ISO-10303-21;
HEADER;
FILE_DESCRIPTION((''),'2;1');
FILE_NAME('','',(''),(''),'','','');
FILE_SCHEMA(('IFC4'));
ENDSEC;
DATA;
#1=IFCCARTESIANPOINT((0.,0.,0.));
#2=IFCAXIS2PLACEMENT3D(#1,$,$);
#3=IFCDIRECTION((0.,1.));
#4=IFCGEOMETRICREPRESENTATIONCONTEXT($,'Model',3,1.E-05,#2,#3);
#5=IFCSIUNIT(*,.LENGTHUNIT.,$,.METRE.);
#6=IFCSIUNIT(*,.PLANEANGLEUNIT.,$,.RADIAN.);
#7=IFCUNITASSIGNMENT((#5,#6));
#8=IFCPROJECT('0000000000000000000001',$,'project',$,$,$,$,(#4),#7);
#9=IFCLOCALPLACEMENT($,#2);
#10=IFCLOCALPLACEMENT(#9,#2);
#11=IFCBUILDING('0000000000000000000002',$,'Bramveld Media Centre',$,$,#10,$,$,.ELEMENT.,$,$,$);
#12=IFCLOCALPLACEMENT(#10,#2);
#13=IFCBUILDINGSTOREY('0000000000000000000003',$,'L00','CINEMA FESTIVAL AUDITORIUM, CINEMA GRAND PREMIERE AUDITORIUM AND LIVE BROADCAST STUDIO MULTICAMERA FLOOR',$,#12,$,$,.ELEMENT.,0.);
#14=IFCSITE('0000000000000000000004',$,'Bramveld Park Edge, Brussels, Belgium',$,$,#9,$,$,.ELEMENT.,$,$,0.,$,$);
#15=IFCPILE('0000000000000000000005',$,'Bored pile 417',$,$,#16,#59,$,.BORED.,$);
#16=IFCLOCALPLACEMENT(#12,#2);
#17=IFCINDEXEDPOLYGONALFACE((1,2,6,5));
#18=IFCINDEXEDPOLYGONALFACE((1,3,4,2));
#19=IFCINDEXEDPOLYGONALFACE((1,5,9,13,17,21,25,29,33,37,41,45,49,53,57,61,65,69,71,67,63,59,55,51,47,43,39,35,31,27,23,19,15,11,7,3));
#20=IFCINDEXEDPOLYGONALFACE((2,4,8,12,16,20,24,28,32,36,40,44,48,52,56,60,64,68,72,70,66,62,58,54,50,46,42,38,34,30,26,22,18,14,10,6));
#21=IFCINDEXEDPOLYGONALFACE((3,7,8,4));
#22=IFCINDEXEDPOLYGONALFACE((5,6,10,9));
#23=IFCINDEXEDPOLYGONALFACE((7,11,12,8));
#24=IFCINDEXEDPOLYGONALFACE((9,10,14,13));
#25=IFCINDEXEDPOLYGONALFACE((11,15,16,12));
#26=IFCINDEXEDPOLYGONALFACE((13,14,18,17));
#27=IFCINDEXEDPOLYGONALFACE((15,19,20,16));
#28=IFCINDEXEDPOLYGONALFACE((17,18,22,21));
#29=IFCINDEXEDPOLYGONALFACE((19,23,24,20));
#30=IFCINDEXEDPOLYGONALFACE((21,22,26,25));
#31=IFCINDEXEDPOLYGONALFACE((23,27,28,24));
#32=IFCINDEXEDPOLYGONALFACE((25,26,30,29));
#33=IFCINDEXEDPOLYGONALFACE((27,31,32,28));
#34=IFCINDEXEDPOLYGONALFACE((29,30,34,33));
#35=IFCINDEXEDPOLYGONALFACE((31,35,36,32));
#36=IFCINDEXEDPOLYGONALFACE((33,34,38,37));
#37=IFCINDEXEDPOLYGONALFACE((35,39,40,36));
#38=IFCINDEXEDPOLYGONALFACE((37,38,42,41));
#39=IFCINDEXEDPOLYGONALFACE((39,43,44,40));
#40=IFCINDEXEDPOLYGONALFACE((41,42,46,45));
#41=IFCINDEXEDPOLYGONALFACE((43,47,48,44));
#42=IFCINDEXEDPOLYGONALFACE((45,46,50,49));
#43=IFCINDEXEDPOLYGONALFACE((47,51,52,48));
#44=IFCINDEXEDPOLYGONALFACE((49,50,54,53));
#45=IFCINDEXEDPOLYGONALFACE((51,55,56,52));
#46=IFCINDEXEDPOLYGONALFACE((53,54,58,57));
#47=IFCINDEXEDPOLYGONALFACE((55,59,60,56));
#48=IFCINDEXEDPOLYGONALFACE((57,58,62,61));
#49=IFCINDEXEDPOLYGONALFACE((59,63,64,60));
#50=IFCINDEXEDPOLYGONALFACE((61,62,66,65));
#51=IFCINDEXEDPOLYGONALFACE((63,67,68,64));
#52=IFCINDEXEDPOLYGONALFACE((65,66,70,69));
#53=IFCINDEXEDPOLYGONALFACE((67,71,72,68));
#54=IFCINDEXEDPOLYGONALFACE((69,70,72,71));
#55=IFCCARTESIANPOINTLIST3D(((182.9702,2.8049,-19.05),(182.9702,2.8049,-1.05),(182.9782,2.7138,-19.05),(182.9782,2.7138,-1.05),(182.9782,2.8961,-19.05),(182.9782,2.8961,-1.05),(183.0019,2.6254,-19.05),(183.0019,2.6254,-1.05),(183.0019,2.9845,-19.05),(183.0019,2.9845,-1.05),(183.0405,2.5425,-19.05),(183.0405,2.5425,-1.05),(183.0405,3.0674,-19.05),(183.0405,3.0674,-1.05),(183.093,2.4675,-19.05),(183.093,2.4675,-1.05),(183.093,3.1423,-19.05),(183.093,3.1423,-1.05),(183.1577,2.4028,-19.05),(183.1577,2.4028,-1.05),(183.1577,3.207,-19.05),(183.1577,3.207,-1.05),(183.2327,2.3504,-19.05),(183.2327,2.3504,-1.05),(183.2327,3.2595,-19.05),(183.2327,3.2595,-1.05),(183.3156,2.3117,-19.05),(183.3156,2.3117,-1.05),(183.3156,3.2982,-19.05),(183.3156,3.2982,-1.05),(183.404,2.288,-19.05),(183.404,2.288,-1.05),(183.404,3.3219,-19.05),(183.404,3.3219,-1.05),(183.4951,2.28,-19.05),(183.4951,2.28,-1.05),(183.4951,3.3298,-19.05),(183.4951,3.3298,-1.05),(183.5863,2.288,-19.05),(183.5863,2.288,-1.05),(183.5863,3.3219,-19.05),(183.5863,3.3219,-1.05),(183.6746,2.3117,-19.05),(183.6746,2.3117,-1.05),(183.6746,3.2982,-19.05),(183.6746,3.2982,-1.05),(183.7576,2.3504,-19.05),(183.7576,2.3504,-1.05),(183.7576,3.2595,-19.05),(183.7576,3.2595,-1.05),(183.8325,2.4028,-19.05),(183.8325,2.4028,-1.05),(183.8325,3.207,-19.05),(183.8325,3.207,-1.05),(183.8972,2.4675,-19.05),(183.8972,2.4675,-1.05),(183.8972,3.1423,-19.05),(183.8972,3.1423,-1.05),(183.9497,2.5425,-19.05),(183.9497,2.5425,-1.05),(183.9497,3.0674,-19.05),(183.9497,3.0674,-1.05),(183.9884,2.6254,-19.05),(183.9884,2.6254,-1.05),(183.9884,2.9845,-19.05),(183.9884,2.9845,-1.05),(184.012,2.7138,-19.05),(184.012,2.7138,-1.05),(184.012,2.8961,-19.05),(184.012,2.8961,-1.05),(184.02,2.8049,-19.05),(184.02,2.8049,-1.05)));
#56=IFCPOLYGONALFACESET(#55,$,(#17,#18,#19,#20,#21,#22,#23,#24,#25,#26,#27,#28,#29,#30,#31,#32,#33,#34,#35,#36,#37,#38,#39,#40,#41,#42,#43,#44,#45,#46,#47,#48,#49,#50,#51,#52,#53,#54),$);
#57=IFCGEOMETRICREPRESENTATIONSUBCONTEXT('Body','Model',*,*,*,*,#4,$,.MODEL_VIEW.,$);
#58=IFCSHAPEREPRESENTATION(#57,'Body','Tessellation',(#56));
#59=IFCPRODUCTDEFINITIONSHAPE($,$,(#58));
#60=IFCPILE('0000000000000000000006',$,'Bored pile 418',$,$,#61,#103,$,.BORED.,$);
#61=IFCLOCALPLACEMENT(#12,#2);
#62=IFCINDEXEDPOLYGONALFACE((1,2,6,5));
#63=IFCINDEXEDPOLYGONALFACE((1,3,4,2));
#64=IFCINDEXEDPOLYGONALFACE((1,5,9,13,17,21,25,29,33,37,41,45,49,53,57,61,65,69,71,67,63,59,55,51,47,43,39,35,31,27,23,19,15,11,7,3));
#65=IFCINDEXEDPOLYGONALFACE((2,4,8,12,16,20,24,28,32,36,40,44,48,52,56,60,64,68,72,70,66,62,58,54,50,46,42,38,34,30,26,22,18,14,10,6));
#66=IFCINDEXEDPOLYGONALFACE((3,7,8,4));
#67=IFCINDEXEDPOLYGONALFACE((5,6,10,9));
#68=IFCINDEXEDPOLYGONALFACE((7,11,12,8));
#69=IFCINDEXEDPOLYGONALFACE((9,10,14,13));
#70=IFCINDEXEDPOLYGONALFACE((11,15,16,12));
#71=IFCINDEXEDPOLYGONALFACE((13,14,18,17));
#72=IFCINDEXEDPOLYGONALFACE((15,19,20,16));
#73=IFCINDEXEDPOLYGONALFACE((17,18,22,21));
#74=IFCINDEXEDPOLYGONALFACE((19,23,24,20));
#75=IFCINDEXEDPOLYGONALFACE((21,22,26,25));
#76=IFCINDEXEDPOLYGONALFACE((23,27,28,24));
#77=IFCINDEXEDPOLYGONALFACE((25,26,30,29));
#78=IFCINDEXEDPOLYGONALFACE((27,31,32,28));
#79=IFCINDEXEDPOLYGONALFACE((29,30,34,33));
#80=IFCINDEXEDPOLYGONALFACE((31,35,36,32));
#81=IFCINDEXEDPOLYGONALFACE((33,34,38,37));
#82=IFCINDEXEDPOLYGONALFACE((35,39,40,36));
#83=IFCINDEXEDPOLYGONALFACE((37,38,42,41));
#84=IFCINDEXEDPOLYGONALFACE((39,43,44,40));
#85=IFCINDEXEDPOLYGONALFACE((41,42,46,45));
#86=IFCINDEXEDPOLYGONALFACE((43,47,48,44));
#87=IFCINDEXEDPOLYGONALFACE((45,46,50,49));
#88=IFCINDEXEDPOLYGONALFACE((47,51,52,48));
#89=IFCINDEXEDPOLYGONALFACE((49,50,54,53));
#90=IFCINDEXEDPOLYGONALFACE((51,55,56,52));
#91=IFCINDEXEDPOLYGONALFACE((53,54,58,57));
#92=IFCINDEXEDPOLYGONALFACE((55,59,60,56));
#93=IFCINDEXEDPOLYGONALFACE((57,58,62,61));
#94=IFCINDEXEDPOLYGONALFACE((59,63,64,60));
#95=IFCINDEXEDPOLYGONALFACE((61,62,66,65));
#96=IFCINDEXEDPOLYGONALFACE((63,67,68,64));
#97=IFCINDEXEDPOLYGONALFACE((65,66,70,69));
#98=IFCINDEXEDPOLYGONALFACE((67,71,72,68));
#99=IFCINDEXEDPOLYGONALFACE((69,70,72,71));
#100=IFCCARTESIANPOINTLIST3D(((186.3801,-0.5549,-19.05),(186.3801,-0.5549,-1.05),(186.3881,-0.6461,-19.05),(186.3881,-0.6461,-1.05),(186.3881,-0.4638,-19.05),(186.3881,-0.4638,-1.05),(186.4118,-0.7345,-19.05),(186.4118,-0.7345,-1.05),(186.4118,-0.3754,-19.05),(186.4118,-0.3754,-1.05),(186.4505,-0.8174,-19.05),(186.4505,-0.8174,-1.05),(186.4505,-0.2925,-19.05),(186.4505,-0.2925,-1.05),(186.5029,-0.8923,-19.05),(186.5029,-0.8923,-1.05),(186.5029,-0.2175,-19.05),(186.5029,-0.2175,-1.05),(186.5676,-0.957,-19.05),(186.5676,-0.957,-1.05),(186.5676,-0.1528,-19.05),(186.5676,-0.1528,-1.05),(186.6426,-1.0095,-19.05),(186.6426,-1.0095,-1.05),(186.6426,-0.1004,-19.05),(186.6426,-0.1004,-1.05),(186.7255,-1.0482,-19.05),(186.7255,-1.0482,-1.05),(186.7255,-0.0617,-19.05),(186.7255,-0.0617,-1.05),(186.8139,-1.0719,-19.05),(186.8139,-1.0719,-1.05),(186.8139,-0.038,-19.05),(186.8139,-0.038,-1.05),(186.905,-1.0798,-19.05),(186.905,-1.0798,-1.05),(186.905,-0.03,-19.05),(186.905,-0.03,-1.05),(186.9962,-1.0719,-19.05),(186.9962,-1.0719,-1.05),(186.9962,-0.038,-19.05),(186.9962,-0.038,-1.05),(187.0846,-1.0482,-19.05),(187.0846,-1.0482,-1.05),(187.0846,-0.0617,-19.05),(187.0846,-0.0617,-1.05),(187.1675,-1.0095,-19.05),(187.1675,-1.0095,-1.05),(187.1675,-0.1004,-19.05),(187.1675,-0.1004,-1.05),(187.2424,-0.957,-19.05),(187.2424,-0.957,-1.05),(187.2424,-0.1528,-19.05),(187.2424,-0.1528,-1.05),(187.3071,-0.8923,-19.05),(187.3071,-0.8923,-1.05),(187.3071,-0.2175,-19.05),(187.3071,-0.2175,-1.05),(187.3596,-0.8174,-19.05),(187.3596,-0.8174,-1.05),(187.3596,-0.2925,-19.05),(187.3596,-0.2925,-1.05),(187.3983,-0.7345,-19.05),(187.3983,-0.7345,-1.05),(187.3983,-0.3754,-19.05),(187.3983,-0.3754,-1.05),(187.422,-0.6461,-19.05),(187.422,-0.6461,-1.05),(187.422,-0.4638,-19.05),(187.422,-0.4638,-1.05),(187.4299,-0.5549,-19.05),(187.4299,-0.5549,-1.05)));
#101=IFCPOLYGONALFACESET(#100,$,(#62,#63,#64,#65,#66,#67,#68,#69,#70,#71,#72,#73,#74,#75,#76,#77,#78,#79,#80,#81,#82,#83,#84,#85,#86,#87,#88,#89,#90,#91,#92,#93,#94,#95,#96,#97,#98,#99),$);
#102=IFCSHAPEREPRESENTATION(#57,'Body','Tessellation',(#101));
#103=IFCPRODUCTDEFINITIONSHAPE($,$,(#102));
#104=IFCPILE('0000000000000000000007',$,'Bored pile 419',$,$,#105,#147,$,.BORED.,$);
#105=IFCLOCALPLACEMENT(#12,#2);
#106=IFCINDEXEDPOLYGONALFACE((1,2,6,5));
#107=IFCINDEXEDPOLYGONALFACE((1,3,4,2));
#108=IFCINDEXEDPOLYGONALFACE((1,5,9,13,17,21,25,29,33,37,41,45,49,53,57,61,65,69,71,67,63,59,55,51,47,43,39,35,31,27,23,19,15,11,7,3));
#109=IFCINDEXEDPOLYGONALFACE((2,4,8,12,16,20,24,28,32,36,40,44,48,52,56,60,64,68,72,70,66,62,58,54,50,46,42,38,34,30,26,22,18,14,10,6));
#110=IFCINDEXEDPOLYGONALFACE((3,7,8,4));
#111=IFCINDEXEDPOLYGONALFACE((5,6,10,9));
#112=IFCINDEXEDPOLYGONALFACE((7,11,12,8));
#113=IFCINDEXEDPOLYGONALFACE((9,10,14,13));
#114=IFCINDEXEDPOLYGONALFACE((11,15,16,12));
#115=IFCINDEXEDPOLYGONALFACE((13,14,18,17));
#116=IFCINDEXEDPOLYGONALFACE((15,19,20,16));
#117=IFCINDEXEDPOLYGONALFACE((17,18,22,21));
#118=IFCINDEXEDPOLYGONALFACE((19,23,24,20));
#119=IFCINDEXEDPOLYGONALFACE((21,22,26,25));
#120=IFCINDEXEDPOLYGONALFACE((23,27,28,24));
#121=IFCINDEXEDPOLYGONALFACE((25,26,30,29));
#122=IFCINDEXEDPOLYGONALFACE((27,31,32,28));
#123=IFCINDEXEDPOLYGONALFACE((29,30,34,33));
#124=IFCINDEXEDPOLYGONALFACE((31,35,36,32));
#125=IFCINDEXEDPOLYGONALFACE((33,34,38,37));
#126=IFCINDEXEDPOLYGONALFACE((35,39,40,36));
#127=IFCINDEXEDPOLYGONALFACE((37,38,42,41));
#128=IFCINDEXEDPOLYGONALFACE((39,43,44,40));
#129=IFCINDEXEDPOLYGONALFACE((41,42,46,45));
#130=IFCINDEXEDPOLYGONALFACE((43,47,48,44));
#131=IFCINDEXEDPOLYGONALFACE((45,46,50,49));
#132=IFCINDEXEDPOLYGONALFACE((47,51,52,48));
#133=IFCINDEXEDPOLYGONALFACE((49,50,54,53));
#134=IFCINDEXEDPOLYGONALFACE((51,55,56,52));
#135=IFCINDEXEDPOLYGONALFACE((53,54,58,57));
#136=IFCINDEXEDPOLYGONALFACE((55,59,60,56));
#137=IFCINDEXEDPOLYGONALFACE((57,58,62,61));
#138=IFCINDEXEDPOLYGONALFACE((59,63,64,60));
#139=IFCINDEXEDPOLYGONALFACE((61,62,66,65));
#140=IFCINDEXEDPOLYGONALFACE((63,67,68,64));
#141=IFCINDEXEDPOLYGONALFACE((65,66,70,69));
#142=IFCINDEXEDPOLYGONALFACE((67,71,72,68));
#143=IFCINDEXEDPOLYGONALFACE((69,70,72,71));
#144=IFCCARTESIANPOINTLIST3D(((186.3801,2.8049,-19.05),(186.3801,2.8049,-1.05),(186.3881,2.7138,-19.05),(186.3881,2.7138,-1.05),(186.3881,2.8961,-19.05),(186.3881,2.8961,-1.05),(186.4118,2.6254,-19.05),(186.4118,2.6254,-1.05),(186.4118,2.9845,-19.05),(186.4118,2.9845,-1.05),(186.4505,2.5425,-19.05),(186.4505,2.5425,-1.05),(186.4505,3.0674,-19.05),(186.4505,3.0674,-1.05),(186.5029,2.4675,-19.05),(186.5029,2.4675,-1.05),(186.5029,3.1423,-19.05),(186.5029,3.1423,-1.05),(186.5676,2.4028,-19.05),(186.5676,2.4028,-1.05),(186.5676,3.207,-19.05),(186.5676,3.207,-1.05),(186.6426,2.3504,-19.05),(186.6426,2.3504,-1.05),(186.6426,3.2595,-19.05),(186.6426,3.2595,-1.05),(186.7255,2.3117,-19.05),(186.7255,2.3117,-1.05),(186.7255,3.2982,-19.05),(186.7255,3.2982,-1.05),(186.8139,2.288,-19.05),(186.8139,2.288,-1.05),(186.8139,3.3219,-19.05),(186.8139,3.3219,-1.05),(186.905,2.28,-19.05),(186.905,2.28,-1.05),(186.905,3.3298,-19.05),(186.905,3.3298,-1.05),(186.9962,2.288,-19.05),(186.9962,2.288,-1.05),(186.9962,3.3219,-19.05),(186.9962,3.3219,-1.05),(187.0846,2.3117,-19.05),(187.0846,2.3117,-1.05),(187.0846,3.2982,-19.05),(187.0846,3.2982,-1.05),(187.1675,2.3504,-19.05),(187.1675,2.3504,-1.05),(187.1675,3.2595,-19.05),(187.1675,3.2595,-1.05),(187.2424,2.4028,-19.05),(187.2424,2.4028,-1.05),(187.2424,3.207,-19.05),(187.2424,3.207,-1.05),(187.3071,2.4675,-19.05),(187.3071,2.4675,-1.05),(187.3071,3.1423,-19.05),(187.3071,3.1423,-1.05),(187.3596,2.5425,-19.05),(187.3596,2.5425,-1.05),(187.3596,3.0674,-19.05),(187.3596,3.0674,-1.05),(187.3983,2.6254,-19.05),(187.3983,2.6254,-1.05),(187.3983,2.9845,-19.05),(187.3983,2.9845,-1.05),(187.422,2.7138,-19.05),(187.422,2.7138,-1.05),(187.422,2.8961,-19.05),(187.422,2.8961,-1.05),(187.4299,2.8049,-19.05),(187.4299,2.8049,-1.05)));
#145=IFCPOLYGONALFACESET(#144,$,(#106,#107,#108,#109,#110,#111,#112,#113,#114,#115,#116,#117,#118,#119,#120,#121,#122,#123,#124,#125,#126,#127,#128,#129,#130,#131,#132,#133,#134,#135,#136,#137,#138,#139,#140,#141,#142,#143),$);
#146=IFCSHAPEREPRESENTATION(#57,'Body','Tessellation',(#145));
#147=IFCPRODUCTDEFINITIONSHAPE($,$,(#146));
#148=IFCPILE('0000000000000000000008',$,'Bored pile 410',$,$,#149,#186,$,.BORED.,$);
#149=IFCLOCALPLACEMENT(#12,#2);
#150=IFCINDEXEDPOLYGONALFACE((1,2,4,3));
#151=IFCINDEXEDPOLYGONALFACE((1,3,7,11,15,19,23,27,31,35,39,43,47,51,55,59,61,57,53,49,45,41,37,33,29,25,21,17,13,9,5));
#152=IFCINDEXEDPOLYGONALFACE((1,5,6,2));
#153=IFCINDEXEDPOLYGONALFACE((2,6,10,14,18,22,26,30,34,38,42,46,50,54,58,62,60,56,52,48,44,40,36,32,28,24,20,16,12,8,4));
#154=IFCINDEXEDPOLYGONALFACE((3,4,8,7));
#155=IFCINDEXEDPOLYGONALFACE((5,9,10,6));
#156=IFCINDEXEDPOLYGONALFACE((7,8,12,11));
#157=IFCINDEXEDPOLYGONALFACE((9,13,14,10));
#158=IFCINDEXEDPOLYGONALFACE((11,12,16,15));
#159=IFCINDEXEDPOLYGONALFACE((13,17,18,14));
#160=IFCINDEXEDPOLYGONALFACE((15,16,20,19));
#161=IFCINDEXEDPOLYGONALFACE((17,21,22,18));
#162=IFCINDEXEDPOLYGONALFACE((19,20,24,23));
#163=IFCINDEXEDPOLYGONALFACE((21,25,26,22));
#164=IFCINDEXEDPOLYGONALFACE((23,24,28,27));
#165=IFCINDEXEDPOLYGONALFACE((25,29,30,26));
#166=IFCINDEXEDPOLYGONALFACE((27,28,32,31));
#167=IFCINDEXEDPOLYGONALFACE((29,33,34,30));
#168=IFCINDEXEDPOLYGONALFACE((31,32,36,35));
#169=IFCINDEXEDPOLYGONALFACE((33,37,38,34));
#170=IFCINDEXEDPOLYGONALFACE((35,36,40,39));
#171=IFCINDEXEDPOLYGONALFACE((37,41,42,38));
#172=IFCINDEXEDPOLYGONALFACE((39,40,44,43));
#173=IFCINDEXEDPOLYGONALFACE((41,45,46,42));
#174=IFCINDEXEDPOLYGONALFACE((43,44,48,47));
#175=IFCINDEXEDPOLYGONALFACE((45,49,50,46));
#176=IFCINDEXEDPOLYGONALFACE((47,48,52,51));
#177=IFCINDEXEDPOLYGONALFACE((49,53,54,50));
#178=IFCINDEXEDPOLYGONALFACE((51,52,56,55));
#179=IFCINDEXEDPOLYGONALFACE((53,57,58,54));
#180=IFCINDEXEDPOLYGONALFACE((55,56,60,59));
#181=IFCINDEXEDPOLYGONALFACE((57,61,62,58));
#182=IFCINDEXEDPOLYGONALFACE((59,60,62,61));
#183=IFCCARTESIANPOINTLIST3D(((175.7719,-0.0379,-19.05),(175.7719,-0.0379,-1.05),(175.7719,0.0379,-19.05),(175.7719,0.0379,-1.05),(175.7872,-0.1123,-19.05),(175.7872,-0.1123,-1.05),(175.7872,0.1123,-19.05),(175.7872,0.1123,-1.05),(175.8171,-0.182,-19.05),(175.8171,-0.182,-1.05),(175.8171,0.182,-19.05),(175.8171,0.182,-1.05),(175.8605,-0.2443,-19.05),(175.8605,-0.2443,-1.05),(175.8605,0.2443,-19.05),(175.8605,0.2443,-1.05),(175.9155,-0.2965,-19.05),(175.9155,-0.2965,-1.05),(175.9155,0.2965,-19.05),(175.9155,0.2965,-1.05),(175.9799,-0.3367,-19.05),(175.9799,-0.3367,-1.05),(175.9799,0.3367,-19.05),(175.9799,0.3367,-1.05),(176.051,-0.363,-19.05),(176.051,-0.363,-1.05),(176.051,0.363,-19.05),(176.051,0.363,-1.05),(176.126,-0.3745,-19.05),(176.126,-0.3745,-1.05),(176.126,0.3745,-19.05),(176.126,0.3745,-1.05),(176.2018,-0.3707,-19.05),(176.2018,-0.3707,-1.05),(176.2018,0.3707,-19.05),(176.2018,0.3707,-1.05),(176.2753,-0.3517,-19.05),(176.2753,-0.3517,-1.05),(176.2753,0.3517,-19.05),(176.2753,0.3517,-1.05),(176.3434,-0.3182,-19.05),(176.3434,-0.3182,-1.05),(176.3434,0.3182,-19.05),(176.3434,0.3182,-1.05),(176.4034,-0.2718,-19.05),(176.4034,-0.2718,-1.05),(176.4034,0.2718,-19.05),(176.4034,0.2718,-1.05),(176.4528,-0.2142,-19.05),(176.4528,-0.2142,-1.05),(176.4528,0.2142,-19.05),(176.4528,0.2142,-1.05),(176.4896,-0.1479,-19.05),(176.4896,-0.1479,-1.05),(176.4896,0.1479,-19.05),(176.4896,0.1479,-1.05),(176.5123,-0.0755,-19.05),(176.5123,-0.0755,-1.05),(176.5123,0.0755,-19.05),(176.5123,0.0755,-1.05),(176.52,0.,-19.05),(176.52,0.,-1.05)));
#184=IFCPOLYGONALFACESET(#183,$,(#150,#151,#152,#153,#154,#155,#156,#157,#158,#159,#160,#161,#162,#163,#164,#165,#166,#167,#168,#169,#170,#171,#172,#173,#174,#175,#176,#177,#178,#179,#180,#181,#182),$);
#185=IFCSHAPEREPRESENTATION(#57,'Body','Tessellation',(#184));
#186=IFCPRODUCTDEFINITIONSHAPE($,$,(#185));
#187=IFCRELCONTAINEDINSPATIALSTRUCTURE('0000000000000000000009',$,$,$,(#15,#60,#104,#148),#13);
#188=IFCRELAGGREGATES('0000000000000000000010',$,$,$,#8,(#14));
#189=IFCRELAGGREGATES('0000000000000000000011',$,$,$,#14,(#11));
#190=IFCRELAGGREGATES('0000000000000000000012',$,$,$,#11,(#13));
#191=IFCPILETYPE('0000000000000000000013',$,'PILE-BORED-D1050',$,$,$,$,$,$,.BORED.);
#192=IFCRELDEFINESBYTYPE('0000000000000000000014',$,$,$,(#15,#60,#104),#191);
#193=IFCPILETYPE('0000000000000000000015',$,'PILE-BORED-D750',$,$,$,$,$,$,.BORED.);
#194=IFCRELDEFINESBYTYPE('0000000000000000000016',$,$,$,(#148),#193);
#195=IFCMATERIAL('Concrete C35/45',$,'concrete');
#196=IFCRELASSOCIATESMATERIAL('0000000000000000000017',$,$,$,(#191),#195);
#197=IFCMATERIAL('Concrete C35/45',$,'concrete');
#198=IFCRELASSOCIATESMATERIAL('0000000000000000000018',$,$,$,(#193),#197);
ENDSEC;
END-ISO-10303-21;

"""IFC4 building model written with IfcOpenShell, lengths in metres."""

from ifc_helpers import new_model, si_unit, direction, frame, origin, origin_2d, place, context, subcontext, project, spatial, circle, extrude, material, material_profile, profile_set, type_object, element, save


model = new_model("IFC4")

# Units and contexts
model_context = context("Model", 3, precision=1e-05, world=origin(), true_north=direction((0.0, 1.0)))
body_context = subcontext(model_context, "Body", "Model", "MODEL_VIEW")
ifc_project = project(units=[si_unit("LENGTHUNIT", "METRE"), si_unit("PLANEANGLEUNIT", "RADIAN")], contexts=[model_context])

# Site, building, storey
site_placement = place(None, origin())
site = spatial("IfcSite", under=ifc_project, at=site_placement, Name="Bramveld Park Edge, Brussels, Belgium", CompositionType="ELEMENT", RefElevation=0.0)
building_placement = place(site_placement, origin())
building = spatial("IfcBuilding", under=site, at=building_placement, Name="Bramveld Media Centre", CompositionType="ELEMENT")
storey_placement = place(building_placement, origin())
storey = spatial("IfcBuildingStorey", under=building, at=storey_placement, Name="L00", Description="CINEMA FESTIVAL AUDITORIUM, CINEMA GRAND PREMIERE AUDITORIUM AND LIVE BROADCAST STUDIO MULTICAMERA FLOOR", CompositionType="ELEMENT", Elevation=0.0)

# Piles
ifc_material_1 = material(Name="Concrete C35/45", Category="concrete")
ifc_material_profile_1 = material_profile(ifc_material_1, circle(Radius=0.5249, at=origin_2d()), Name="BORED D1050")
ifc_profile_set_1 = profile_set([ifc_material_profile_1], Name="Concrete C35/45")
pile_type_1 = type_object("IfcPileType", Name="PILE-BORED-D1050", PredefinedType="BORED", material=ifc_profile_set_1)
for number, where, z_axis, x_axis, name in (
    (1, (183.4951, 2.8049, -1.05), (0.0, 0.0, -1.0), (1.0, 0.0, 0.0), "Bored pile 417"),
    (2, (186.905, -0.5549, -1.05), (0.0, 0.0, -1.0), (1.0, 0.0, 0.0), "Bored pile 418"),
    (3, (186.905, 2.8049, -1.05), (0.0, 0.0, -1.0), (1.0, 0.0, 0.0), "Bored pile 419"),
):
    element("IfcPile", number, at=place(storey_placement, frame(where, z_axis=z_axis, x_axis=x_axis)), inside=storey, type_object=pile_type_1, Name=name, PredefinedType="BORED", context=body_context, shape_type="SweptSolid", body=[
        extrude(circle(Radius=0.5249, at=origin_2d()), origin(), (0.0, 0.0, 1.0), 18.0),
    ])
ifc_material_2 = material(Name="Concrete C35/45", Category="concrete")
ifc_material_profile_2 = material_profile(ifc_material_2, circle(Radius=0.375, at=origin_2d()), Name="BORED D750")
ifc_profile_set_2 = profile_set([ifc_material_profile_2], Name="Concrete C35/45")
pile_type_2 = type_object("IfcPileType", Name="PILE-BORED-D750", PredefinedType="BORED", material=ifc_profile_set_2)
for number, where, z_axis, x_axis, name in (
    (4, (176.145, 0.0, -1.05), (0.0, 0.0, -1.0), (1.0, 0.0, 0.0), "Bored pile 410"),
):
    element("IfcPile", number, at=place(storey_placement, frame(where, z_axis=z_axis, x_axis=x_axis)), inside=storey, type_object=pile_type_2, Name=name, PredefinedType="BORED", context=body_context, shape_type="SweptSolid", body=[
        extrude(circle(Radius=0.375, at=origin_2d()), origin(), (0.0, 0.0, 1.0), 18.0),
    ])

save(model, "model.ifc")
